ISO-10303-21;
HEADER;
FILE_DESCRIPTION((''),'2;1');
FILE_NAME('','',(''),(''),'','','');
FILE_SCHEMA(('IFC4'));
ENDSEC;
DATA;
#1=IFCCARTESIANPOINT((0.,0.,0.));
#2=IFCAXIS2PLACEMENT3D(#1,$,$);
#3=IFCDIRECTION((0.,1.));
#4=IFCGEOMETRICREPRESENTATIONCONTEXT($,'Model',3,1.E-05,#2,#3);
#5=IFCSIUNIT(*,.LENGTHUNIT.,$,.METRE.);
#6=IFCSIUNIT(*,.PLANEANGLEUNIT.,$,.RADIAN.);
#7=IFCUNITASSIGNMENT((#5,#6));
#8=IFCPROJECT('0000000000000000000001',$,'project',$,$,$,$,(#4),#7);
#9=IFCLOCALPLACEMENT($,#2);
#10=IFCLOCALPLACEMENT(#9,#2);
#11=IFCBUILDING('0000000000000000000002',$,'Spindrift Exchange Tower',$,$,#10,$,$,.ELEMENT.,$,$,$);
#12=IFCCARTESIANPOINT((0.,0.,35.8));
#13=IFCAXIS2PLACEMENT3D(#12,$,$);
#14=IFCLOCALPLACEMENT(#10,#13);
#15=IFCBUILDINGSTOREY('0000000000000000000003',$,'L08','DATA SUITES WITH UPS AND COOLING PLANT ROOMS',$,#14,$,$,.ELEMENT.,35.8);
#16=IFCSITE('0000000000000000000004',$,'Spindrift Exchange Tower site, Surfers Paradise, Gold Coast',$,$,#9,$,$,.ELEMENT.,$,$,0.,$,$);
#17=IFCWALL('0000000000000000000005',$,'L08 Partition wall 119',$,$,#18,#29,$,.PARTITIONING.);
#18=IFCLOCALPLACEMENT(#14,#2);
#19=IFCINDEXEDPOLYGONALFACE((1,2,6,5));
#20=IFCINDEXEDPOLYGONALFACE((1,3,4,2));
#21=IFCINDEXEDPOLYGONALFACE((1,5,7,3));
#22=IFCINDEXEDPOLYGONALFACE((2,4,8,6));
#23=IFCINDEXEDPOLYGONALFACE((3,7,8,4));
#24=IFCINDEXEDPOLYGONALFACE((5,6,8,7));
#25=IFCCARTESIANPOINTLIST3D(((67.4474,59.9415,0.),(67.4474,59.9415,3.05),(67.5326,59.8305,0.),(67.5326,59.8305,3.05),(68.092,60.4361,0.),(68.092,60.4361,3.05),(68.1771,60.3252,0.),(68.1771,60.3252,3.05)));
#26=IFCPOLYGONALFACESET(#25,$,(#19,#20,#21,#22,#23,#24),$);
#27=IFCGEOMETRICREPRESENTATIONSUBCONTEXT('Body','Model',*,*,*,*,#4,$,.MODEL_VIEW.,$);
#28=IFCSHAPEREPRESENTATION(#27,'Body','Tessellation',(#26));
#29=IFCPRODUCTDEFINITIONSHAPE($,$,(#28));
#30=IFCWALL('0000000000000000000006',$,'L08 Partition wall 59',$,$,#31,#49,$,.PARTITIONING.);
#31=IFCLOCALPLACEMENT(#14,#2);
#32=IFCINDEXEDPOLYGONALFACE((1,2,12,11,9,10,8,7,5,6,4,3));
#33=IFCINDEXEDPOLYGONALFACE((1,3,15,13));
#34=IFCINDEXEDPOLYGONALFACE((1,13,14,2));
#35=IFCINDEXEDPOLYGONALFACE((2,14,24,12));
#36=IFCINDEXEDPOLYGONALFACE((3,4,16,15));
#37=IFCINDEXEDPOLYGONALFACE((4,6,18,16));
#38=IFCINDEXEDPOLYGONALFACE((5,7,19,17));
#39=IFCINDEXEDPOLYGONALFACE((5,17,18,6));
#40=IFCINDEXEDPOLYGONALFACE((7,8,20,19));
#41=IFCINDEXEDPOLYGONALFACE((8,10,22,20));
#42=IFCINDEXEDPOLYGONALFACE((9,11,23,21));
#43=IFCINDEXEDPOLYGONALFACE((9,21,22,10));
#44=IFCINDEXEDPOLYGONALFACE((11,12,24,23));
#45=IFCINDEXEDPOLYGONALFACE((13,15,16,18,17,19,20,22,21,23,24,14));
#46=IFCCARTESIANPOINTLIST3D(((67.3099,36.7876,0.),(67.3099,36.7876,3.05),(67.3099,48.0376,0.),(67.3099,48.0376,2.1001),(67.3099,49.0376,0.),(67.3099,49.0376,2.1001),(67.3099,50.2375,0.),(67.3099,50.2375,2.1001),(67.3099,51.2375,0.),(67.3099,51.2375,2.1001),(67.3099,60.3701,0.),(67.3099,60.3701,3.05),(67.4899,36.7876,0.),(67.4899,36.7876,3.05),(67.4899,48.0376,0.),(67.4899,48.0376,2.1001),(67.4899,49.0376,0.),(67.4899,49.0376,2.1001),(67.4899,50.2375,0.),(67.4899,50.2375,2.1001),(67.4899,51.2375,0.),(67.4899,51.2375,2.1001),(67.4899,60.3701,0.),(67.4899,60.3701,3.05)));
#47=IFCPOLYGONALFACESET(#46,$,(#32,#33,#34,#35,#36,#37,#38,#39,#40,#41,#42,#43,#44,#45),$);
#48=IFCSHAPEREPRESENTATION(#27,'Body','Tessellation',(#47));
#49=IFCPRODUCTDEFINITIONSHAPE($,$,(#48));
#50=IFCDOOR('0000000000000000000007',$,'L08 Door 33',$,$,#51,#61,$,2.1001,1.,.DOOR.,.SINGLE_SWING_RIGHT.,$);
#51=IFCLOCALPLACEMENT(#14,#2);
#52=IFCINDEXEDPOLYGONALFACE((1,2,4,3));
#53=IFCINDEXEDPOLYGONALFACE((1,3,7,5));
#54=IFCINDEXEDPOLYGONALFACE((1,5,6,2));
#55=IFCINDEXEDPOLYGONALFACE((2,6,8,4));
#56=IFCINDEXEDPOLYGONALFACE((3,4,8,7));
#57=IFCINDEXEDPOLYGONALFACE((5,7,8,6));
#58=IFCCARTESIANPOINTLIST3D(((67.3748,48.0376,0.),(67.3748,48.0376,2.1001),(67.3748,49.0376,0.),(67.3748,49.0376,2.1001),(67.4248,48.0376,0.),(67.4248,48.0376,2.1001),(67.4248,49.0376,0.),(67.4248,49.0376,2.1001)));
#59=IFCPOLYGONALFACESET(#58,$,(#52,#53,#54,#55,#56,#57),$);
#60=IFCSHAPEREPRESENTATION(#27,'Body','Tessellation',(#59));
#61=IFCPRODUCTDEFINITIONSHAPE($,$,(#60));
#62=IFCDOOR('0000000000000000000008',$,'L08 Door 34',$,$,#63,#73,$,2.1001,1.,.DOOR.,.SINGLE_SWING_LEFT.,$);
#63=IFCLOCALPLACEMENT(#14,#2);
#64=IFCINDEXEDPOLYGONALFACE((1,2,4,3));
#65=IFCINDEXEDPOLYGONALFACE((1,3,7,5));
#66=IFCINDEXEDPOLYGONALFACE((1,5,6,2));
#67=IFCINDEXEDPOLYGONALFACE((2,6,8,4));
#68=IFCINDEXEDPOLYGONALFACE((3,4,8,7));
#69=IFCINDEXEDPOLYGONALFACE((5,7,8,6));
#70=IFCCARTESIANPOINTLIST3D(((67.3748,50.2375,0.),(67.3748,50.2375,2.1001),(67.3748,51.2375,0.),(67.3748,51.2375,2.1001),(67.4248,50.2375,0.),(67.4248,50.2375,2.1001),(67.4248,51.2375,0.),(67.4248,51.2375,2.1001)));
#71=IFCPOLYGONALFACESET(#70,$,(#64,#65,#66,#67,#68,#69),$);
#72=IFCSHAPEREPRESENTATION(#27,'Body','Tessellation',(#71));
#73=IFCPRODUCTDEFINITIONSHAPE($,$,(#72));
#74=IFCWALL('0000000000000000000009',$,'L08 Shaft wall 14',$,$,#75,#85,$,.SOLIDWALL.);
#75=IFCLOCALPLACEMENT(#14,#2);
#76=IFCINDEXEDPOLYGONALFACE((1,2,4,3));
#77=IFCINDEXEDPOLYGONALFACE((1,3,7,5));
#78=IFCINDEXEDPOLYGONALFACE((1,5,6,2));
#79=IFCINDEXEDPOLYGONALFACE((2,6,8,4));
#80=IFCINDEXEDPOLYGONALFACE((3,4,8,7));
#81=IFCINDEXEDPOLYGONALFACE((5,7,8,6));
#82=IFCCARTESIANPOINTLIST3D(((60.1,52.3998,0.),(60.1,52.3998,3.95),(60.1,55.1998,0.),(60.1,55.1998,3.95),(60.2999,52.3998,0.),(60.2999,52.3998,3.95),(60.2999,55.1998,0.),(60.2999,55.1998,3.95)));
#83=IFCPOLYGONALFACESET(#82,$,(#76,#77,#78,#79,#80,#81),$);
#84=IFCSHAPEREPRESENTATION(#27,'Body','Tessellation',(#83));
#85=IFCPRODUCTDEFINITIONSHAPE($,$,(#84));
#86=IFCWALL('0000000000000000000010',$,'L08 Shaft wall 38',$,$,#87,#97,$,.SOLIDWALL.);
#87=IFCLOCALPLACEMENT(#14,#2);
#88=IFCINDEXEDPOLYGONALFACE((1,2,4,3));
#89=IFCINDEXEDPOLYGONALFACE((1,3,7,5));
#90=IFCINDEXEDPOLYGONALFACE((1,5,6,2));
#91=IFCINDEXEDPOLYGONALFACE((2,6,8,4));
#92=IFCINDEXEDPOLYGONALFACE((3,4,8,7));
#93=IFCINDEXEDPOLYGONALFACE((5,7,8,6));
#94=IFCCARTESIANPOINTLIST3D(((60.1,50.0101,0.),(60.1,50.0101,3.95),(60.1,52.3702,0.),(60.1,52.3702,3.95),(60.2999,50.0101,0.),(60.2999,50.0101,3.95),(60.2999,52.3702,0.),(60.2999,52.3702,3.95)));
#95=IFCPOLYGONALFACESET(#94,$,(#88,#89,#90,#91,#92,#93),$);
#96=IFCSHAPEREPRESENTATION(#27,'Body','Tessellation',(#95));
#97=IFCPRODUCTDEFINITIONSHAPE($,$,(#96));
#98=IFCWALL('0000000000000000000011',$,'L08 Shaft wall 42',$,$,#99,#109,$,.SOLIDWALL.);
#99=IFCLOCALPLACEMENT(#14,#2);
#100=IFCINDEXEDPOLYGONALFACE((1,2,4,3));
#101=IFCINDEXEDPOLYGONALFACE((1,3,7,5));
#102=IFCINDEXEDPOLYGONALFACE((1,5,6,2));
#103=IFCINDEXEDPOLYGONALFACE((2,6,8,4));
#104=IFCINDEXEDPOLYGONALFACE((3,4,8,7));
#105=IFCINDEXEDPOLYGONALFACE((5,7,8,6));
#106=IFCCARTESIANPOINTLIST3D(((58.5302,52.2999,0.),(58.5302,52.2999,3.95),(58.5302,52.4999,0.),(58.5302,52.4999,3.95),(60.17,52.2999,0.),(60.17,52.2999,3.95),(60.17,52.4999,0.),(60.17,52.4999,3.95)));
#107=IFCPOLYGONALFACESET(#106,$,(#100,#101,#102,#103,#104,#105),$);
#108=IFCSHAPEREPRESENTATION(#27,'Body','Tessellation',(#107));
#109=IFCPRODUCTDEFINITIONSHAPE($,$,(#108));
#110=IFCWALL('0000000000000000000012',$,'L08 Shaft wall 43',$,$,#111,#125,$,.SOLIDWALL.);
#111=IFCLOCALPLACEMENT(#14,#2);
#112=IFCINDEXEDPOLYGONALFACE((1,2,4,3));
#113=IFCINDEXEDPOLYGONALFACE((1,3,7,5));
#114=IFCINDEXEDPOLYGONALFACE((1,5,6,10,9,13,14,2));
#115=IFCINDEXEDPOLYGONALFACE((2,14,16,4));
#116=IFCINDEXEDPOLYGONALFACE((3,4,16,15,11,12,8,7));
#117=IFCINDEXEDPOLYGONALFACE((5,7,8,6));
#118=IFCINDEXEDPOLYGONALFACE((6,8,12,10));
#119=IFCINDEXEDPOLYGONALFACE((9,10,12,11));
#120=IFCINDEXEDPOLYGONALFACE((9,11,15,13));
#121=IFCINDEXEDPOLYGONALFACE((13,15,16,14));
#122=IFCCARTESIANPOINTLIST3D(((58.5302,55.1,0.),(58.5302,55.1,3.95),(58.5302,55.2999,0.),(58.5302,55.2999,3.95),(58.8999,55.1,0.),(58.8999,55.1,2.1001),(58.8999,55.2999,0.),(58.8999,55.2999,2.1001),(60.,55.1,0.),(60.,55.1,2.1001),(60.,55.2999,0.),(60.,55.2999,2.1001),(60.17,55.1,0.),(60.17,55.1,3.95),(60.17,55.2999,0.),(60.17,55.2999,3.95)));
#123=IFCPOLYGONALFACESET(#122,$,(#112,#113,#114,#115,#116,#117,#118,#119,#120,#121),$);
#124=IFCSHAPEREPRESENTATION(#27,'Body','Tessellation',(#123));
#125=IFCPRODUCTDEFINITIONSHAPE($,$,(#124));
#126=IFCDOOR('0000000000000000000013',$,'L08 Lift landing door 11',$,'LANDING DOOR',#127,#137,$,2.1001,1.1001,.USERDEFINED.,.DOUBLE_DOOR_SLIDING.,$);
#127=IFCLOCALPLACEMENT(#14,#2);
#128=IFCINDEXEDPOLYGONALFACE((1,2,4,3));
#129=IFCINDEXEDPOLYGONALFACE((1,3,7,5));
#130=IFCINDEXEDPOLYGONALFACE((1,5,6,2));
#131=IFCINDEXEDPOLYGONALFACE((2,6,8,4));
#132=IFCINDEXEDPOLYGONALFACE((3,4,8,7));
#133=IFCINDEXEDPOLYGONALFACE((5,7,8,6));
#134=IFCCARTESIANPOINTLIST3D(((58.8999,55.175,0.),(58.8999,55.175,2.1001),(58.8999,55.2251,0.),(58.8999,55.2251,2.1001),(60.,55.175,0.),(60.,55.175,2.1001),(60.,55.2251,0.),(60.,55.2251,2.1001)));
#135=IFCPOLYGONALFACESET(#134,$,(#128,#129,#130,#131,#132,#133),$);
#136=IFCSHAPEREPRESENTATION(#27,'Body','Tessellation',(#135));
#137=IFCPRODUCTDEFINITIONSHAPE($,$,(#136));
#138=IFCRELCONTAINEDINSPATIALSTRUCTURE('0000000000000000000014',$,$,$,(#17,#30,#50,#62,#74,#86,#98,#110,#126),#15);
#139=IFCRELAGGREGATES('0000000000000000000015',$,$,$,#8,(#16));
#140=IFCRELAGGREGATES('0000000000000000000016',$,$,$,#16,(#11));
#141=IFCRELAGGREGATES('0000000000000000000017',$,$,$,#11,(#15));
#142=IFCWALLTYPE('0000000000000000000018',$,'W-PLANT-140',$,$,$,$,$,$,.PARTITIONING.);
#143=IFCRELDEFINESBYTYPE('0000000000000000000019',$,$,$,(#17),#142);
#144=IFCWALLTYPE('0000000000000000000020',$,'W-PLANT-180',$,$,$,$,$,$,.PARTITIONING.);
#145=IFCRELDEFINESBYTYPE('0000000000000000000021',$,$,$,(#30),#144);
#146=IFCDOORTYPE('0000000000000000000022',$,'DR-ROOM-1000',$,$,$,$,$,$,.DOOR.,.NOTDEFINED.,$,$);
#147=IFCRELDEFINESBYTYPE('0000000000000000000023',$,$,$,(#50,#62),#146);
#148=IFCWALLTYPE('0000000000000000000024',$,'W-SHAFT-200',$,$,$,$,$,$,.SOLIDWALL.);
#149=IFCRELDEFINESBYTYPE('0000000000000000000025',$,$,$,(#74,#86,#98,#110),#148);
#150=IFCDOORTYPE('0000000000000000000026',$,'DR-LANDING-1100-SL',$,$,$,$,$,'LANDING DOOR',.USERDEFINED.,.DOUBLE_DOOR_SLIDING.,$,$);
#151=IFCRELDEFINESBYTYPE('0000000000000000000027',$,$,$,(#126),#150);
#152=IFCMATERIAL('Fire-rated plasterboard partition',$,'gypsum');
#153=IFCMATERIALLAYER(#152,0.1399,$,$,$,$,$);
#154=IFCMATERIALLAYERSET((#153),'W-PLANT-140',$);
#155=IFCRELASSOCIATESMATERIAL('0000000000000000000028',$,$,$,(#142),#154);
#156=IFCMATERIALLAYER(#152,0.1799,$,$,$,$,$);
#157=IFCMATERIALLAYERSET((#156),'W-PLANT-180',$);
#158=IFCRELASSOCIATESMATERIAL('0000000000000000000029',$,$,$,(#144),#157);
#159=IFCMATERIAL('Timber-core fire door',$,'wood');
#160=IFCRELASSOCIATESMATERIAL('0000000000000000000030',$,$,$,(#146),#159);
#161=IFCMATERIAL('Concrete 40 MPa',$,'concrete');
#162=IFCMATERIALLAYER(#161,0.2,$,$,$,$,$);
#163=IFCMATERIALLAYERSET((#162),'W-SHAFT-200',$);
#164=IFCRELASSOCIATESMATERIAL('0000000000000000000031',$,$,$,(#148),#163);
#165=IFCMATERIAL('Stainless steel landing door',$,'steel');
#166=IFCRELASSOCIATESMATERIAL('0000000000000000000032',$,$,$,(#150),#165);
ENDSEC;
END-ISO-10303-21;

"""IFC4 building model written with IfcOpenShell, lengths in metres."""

from ifc_helpers import new_model, si_unit, direction, frame, frame_2d, origin, place, context, subcontext, project, spatial, rectangle, extrude, source, transform, mapped, material, layer, layer_set, type_object, element, fill, save


model = new_model("IFC4")

# Units and contexts
model_context = context("Model", 3, precision=1e-05, world=origin(), true_north=direction((0.0, 1.0)))
body_context = subcontext(model_context, "Body", "Model", "MODEL_VIEW")
ifc_project = project(units=[si_unit("LENGTHUNIT", "METRE"), si_unit("PLANEANGLEUNIT", "RADIAN")], contexts=[model_context])

# Site, building, storey
site_placement = place(None, origin())
site = spatial("IfcSite", under=ifc_project, at=site_placement, Name="Spindrift Exchange Tower site, Surfers Paradise, Gold Coast", CompositionType="ELEMENT", RefElevation=0.0)
building_placement = place(site_placement, origin())
building = spatial("IfcBuilding", under=site, at=building_placement, Name="Spindrift Exchange Tower", CompositionType="ELEMENT")
storey_placement = place(building_placement, frame((0.0, 0.0, 35.8)))
storey = spatial("IfcBuildingStorey", under=building, at=storey_placement, Name="L08", Description="DATA SUITES WITH UPS AND COOLING PLANT ROOMS", CompositionType="ELEMENT", Elevation=35.8)

# Shared definitions
ifc_material_1 = material(Name="Fire-rated plasterboard partition", Category="gypsum")

# Wall
ifc_layer_1 = layer(ifc_material_1, 0.1399)
ifc_layer_set_1 = layer_set([ifc_layer_1], Name="W-PLANT-140")
wall_type_1 = type_object("IfcWallType", Name="W-PLANT-140", PredefinedType="PARTITIONING", material=ifc_layer_set_1)
wall_1_placement = place(storey_placement, frame((67.49, 59.886, 0.0), z_axis=(0.0, 0.0, 1.0), x_axis=(0.793316, 0.60881, 0.0)))
element("IfcWall", 1, at=wall_1_placement, inside=storey, type_object=wall_type_1, Name="L08 Partition wall 119", PredefinedType="PARTITIONING", context=body_context, shape_type="SweptSolid", body=[
    extrude(rectangle(XDim=0.8125, YDim=0.1399, at=frame_2d((0.4062, 0.0))), origin(), (0.0, 0.0, 1.0), 3.05),
])

# Wall, openings, doors
ifc_layer_2 = layer(ifc_material_1, 0.1799)
ifc_layer_set_2 = layer_set([ifc_layer_2], Name="W-PLANT-180")
wall_type_2 = type_object("IfcWallType", Name="W-PLANT-180", PredefinedType="PARTITIONING", material=ifc_layer_set_2)
wall_2_placement = place(storey_placement, frame((67.3999, 60.3701, 0.0), z_axis=(0.0, 0.0, 1.0), x_axis=(0.0, -1.0, 0.0)))
wall_2 = element("IfcWall", 2, at=wall_2_placement, inside=storey, type_object=wall_type_2, Name="L08 Partition wall 59", PredefinedType="PARTITIONING", context=body_context, shape_type="SweptSolid", body=[
    extrude(rectangle(XDim=23.5825, YDim=0.1799, at=frame_2d((11.7913, 0.0))), origin(), (0.0, 0.0, 1.0), 3.05),
])
opening_1_placement = place(wall_2_placement, frame((11.3325, 0.0, 0.0)))
opening_1 = element("IfcOpeningElement", 3, at=opening_1_placement, cuts=wall_2, PredefinedType="OPENING", context=body_context, shape_type="SweptSolid", body=[
    extrude(rectangle(XDim=1.0, YDim=2.1001, at=frame_2d((0.5, 1.05))), frame((0.0, 0.0999, 0.0), z_axis=(0.0, -1.0, 0.0), x_axis=(1.0, 0.0, 0.0)), (0.0, 0.0, 1.0), 0.2),
])
opening_2_placement = place(wall_2_placement, frame((9.1326, 0.0, 0.0)))
opening_2 = element("IfcOpeningElement", 4, at=opening_2_placement, cuts=wall_2, PredefinedType="OPENING", context=body_context, shape_type="SweptSolid", body=[
    extrude(rectangle(XDim=1.0, YDim=2.1001, at=frame_2d((0.5, 1.05))), frame((0.0, 0.0999, 0.0), z_axis=(0.0, -1.0, 0.0), x_axis=(1.0, 0.0, 0.0)), (0.0, 0.0, 1.0), 0.2),
])
ifc_material_2 = material(Name="Timber-core fire door", Category="wood")
door_type_1 = type_object("IfcDoorType", Name="DR-ROOM-1000", OperationType="NOTDEFINED", PredefinedType="DOOR", material=ifc_material_2)
shared_shape_1 = source(origin(), body_context, "Body", "SweptSolid", [
    extrude(rectangle(XDim=1.0, YDim=2.1001, at=frame_2d((0.5, 1.05))), frame((0.0, 0.0249, 0.0), z_axis=(0.0, -1.0, 0.0), x_axis=(1.0, 0.0, 0.0)), (0.0, 0.0, 1.0), 0.05),
])
door_1_placement = place(opening_1_placement, origin())
door_1 = element("IfcDoor", 5, at=door_1_placement, inside=storey, type_object=door_type_1, Name="L08 Door 33", OperationType="SINGLE_SWING_RIGHT", OverallHeight=2.1001, OverallWidth=1.0, PredefinedType="DOOR", context=body_context, shape_type="MappedRepresentation", body=[
    mapped(shared_shape_1, transform((0.0, 0.0, 0.0), scale=1.0)),
])
fill(opening_1, door_1)
door_2_placement = place(opening_2_placement, origin())
door_2 = element("IfcDoor", 6, at=door_2_placement, inside=storey, type_object=door_type_1, Name="L08 Door 34", OperationType="SINGLE_SWING_LEFT", OverallHeight=2.1001, OverallWidth=1.0, PredefinedType="DOOR", context=body_context, shape_type="MappedRepresentation", body=[
    mapped(shared_shape_1, transform((0.0, 0.0, 0.0), scale=1.0)),
])
fill(opening_2, door_2)

# Walls
ifc_material_3 = material(Name="Concrete 40 MPa", Category="concrete")
ifc_layer_3 = layer(ifc_material_3, 0.2)
ifc_layer_set_3 = layer_set([ifc_layer_3], Name="W-SHAFT-200")
wall_type_3 = type_object("IfcWallType", Name="W-SHAFT-200", PredefinedType="SOLIDWALL", material=ifc_layer_set_3)
wall_3_placement = place(storey_placement, frame((60.2, 52.3999, 0.0), z_axis=(0.0, 0.0, 1.0), x_axis=(0.0, 1.0, 0.0)))
element("IfcWall", 7, at=wall_3_placement, inside=storey, type_object=wall_type_3, Name="L08 Shaft wall 14", PredefinedType="SOLIDWALL", context=body_context, shape_type="SweptSolid", body=[
    extrude(rectangle(XDim=2.8, YDim=0.2, at=frame_2d((1.3999, 0.0))), origin(), (0.0, 0.0, 1.0), 3.95),
])
wall_4_placement = place(storey_placement, frame((60.2, 50.01, 0.0), z_axis=(0.0, 0.0, 1.0), x_axis=(0.0, 1.0, 0.0)))
element("IfcWall", 8, at=wall_4_placement, inside=storey, type_object=wall_type_3, Name="L08 Shaft wall 38", PredefinedType="SOLIDWALL", context=body_context, shape_type="SweptSolid", body=[
    extrude(rectangle(XDim=2.3601, YDim=0.2, at=frame_2d((1.1802, 0.0))), origin(), (0.0, 0.0, 1.0), 3.95),
])
wall_5_placement = place(storey_placement, frame((60.1699, 52.3999, 0.0), z_axis=(0.0, 0.0, 1.0), x_axis=(-1.0, 0.0, 0.0)))
element("IfcWall", 9, at=wall_5_placement, inside=storey, type_object=wall_type_3, Name="L08 Shaft wall 42", PredefinedType="SOLIDWALL", context=body_context, shape_type="SweptSolid", body=[
    extrude(rectangle(XDim=1.6399, YDim=0.2, at=frame_2d((0.8198, 0.0))), origin(), (0.0, 0.0, 1.0), 3.95),
])

# Wall, opening, door
wall_6_placement = place(storey_placement, frame((60.1699, 55.2, 0.0), z_axis=(0.0, 0.0, 1.0), x_axis=(-1.0, 0.0, 0.0)))
wall_6 = element("IfcWall", 10, at=wall_6_placement, inside=storey, type_object=wall_type_3, Name="L08 Shaft wall 43", PredefinedType="SOLIDWALL", context=body_context, shape_type="SweptSolid", body=[
    extrude(rectangle(XDim=1.6399, YDim=0.2, at=frame_2d((0.8198, 0.0))), origin(), (0.0, 0.0, 1.0), 3.95),
])
opening_3_placement = place(wall_6_placement, frame((0.1699, 0.0, 0.0)))
opening_3 = element("IfcOpeningElement", 11, at=opening_3_placement, cuts=wall_6, PredefinedType="OPENING", context=body_context, shape_type="SweptSolid", body=[
    extrude(rectangle(XDim=1.1001, YDim=2.1001, at=frame_2d((0.55, 1.05))), frame((0.0, 0.1099, 0.0), z_axis=(0.0, -1.0, 0.0), x_axis=(1.0, 0.0, 0.0)), (0.0, 0.0, 1.0), 0.22),
])
ifc_material_4 = material(Name="Stainless steel landing door", Category="steel")
door_type_2 = type_object("IfcDoorType", Name="DR-LANDING-1100-SL", ElementType="LANDING DOOR", OperationType="DOUBLE_DOOR_SLIDING", PredefinedType="USERDEFINED", material=ifc_material_4)
shared_shape_2 = source(origin(), body_context, "Body", "SweptSolid", [
    extrude(rectangle(XDim=1.1001, YDim=2.1001, at=frame_2d((0.55, 1.05))), frame((0.0, 0.0249, 0.0), z_axis=(0.0, -1.0, 0.0), x_axis=(1.0, 0.0, 0.0)), (0.0, 0.0, 1.0), 0.05),
])
door_3_placement = place(opening_3_placement, origin())
door_3 = element("IfcDoor", 12, at=door_3_placement, inside=storey, type_object=door_type_2, Name="L08 Lift landing door 11", ObjectType="LANDING DOOR", OperationType="DOUBLE_DOOR_SLIDING", OverallHeight=2.1001, OverallWidth=1.1001, PredefinedType="USERDEFINED", context=body_context, shape_type="MappedRepresentation", body=[
    mapped(shared_shape_2, transform((0.0, 0.0, 0.0), scale=1.0)),
])
fill(opening_3, door_3)

save(model, "model.ifc")
